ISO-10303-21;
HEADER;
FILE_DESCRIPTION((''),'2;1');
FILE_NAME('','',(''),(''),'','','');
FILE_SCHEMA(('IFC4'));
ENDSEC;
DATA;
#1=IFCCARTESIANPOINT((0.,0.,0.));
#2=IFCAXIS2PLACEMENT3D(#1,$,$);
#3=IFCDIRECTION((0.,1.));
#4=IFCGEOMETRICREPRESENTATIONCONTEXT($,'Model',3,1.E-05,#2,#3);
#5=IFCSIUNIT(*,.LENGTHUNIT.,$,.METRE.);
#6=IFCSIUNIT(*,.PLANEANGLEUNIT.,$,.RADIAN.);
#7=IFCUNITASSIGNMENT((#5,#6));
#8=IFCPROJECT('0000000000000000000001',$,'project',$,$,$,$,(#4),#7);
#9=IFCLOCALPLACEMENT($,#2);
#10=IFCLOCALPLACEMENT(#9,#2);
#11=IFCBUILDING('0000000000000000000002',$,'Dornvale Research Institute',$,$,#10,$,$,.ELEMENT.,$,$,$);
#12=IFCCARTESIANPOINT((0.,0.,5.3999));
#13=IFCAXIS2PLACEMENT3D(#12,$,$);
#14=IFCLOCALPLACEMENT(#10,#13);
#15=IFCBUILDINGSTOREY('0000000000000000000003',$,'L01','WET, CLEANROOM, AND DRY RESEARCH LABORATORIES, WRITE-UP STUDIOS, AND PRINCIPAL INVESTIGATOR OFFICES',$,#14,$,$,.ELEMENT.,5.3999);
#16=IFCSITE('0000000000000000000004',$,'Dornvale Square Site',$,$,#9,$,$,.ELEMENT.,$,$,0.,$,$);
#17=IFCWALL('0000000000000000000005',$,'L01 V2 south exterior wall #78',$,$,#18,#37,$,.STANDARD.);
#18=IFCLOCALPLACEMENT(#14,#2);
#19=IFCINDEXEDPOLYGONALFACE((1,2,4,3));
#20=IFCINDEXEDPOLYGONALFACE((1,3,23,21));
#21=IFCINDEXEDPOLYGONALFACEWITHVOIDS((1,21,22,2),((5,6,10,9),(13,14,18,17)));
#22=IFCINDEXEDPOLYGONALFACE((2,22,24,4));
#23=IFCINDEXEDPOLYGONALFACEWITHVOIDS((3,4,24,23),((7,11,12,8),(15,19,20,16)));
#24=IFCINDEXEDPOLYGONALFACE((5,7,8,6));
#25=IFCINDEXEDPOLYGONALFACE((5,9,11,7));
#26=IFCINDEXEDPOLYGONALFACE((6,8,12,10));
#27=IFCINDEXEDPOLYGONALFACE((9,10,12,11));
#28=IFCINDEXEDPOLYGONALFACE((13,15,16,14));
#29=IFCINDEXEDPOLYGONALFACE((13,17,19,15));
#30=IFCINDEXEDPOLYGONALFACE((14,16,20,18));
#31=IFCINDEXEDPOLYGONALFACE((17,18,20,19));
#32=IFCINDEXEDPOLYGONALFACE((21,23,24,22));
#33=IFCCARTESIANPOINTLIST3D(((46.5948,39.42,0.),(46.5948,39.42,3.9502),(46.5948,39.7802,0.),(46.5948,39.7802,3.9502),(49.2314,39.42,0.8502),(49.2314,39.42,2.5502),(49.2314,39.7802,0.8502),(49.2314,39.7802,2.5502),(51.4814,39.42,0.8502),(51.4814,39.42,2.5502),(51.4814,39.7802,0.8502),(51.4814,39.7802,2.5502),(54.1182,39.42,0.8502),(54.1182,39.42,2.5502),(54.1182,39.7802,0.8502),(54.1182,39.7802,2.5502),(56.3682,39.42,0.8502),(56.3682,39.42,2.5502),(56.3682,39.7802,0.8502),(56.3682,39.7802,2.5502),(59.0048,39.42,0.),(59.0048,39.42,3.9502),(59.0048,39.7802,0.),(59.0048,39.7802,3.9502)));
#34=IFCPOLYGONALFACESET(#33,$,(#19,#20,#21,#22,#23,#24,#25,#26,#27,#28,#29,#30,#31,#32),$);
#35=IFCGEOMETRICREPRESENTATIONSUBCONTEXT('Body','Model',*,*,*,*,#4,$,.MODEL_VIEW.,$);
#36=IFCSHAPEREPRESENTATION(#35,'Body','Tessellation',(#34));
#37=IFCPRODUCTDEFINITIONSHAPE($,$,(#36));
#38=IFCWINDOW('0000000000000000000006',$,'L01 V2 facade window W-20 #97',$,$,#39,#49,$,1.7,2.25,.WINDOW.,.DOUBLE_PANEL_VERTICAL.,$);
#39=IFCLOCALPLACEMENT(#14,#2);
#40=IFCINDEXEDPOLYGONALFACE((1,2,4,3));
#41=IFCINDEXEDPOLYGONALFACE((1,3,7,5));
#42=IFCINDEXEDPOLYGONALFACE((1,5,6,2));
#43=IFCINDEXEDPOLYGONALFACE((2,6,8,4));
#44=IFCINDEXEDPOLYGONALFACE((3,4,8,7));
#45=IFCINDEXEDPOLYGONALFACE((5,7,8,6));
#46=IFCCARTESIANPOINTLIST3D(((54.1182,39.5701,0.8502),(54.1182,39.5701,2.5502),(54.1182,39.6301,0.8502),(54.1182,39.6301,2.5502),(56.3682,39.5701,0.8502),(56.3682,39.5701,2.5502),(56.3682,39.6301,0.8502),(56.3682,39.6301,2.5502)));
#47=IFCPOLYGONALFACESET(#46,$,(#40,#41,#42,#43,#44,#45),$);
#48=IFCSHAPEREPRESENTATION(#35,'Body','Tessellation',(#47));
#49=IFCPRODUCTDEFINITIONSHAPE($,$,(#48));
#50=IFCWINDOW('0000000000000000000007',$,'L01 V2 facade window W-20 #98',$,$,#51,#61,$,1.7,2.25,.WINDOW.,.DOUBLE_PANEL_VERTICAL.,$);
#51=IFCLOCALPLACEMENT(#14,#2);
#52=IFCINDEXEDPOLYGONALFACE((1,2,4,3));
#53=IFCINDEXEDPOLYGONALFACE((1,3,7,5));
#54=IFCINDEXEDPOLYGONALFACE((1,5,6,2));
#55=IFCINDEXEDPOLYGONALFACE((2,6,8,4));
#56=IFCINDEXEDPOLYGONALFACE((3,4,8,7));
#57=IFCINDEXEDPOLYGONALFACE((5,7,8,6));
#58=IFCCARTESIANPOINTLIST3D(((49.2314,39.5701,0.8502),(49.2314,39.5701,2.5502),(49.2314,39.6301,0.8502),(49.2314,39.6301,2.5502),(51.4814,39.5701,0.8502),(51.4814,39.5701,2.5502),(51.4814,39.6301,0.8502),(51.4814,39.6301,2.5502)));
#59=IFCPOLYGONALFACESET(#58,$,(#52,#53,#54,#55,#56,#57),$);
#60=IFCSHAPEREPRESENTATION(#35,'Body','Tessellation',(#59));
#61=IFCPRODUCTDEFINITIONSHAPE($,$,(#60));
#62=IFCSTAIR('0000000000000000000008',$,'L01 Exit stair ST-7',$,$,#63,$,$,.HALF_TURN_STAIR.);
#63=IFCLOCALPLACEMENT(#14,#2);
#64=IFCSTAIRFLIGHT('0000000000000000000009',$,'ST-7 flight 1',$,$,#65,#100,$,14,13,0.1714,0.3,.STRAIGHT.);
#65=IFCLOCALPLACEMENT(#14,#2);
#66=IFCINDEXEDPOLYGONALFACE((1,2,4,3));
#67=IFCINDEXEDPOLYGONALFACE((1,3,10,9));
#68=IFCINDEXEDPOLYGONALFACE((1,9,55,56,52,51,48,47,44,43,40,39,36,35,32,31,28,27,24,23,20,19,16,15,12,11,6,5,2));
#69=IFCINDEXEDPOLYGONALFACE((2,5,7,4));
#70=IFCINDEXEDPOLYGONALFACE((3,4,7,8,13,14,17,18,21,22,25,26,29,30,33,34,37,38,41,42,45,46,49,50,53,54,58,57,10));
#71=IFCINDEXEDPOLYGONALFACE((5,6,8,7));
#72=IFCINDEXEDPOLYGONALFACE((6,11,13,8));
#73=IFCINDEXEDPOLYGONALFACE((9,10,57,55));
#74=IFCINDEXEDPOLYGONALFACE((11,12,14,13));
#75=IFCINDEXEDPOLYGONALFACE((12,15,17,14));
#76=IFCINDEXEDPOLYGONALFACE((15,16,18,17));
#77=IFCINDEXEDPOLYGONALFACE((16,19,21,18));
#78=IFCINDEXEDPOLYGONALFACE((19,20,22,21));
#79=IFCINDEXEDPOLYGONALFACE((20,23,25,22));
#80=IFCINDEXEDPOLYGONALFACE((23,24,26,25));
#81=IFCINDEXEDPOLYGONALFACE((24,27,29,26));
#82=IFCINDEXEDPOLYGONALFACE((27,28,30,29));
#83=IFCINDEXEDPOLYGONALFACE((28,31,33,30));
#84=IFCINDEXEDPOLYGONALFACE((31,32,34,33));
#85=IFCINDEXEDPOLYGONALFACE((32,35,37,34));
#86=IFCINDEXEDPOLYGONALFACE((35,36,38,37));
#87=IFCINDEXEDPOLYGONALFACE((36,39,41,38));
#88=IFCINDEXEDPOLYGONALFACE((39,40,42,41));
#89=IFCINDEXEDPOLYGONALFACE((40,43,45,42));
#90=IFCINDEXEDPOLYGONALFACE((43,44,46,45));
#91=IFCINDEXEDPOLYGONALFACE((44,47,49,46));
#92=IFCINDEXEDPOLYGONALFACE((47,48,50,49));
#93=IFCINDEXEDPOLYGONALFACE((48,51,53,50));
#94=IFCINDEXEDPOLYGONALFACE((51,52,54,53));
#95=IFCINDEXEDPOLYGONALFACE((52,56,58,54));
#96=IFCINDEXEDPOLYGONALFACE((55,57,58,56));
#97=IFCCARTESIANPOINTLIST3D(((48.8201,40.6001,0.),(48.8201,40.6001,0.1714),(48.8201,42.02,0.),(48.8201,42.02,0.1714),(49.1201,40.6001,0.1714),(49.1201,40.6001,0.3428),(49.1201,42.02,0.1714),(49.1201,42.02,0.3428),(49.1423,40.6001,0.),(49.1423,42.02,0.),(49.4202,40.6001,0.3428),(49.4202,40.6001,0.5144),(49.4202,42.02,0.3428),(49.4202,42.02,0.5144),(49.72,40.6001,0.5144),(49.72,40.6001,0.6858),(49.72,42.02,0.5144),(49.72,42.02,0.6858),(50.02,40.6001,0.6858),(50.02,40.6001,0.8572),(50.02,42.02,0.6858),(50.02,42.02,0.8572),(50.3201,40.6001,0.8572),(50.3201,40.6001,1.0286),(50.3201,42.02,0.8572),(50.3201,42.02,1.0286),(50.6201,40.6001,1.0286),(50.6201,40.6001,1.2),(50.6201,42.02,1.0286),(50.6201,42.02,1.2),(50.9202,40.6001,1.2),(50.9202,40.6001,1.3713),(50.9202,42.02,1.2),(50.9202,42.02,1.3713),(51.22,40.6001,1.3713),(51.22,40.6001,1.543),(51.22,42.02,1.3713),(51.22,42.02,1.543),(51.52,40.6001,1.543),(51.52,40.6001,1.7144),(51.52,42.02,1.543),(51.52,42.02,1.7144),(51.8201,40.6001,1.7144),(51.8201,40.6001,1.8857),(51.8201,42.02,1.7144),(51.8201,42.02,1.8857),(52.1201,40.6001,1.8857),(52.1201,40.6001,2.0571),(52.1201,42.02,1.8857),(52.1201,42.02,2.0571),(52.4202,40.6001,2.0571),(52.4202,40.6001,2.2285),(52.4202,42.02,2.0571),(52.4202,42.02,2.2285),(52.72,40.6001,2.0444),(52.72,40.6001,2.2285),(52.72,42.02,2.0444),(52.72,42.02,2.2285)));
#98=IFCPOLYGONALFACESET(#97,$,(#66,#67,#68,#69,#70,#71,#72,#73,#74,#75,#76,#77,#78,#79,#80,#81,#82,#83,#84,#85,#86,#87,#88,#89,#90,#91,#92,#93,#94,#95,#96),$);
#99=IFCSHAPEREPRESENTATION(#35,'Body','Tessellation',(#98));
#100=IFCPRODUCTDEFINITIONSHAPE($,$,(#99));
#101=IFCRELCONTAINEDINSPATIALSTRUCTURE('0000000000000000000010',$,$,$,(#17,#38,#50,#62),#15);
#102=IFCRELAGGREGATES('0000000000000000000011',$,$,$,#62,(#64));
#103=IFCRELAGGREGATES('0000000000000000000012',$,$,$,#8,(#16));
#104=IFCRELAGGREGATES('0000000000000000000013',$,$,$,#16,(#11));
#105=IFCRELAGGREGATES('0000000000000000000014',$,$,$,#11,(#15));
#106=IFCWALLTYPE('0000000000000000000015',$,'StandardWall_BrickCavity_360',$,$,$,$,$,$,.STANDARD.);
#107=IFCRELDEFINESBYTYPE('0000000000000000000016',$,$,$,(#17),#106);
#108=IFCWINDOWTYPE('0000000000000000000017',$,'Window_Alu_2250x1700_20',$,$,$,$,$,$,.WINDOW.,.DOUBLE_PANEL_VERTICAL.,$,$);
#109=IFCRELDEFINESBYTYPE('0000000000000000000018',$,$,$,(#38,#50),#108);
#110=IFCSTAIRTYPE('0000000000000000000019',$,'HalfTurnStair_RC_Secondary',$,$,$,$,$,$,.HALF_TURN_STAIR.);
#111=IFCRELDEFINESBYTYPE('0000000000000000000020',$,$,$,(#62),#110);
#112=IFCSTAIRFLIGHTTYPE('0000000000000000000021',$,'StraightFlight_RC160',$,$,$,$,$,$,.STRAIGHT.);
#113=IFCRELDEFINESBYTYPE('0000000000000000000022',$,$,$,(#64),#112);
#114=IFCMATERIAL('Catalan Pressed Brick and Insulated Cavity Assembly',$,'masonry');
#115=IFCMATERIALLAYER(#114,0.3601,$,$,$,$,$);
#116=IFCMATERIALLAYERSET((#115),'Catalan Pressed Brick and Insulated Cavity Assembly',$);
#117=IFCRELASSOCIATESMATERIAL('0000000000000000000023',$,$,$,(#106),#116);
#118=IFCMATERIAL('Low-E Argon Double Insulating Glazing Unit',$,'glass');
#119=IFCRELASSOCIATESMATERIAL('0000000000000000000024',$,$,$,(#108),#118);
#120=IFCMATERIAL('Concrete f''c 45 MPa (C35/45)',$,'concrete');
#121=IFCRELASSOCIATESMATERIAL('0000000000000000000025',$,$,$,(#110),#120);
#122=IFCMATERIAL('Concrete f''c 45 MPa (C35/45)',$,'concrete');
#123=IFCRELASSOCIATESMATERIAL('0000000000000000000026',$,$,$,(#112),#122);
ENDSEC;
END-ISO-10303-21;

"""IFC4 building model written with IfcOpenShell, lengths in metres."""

from ifc_helpers import new_model, si_unit, direction, frame, frame_2d, origin, place, context, subcontext, project, spatial, polyline, rectangle, outline, extrude, material, layer, layer_set, type_object, element, fill, aggregate, save


model = new_model("IFC4")

# Units and contexts
model_context = context("Model", 3, precision=1e-05, world=origin(), true_north=direction((0.0, 1.0)))
body_context = subcontext(model_context, "Body", "Model", "MODEL_VIEW")
ifc_project = project(units=[si_unit("LENGTHUNIT", "METRE"), si_unit("PLANEANGLEUNIT", "RADIAN")], contexts=[model_context])

# Site, building, storey
site_placement = place(None, origin())
site = spatial("IfcSite", under=ifc_project, at=site_placement, Name="Dornvale Square Site", CompositionType="ELEMENT", RefElevation=0.0)
building_placement = place(site_placement, origin())
building = spatial("IfcBuilding", under=site, at=building_placement, Name="Dornvale Research Institute", CompositionType="ELEMENT")
storey_placement = place(building_placement, frame((0.0, 0.0, 5.3999)))
storey = spatial("IfcBuildingStorey", under=building, at=storey_placement, Name="L01", Description="WET, CLEANROOM, AND DRY RESEARCH LABORATORIES, WRITE-UP STUDIOS, AND PRINCIPAL INVESTIGATOR OFFICES", CompositionType="ELEMENT", Elevation=5.3999)

# Wall, openings, windows
ifc_material_1 = material(Name="Catalan Pressed Brick and Insulated Cavity Assembly", Category="masonry")
ifc_layer_1 = layer(ifc_material_1, 0.3601)
ifc_layer_set_1 = layer_set([ifc_layer_1], Name="Catalan Pressed Brick and Insulated Cavity Assembly")
wall_type_1 = type_object("IfcWallType", Name="StandardWall_BrickCavity_360", PredefinedType="STANDARD", material=ifc_layer_set_1)
wall_1_placement = place(storey_placement, frame((59.0049, 39.6001, 0.0), z_axis=(0.0, 0.0, 1.0), x_axis=(-1.0, 0.0, 0.0)))
wall_1 = element("IfcWall", 1, at=wall_1_placement, inside=storey, type_object=wall_type_1, Name="L01 V2 south exterior wall #78", PredefinedType="STANDARD", context=body_context, shape_type="SweptSolid", body=[
    extrude(rectangle(XDim=12.4099, YDim=0.3601, at=frame_2d((6.2051, 0.0))), origin(), (0.0, 0.0, 1.0), 3.9502),
])
opening_1_placement = place(wall_1_placement, frame((2.6367, 0.0, 0.8501)))
opening_1 = element("IfcOpeningElement", 2, at=opening_1_placement, cuts=wall_1, PredefinedType="OPENING", context=body_context, shape_type="SweptSolid", body=[
    extrude(rectangle(XDim=2.25, YDim=1.7, at=frame_2d((1.125, 0.8501))), frame((0.0, 0.1951, 0.0), z_axis=(0.0, -1.0, 0.0), x_axis=(1.0, 0.0, 0.0)), (0.0, 0.0, 1.0), 0.3901),
])
opening_2_placement = place(wall_1_placement, frame((7.5234, 0.0, 0.8501)))
opening_2 = element("IfcOpeningElement", 3, at=opening_2_placement, cuts=wall_1, PredefinedType="OPENING", context=body_context, shape_type="SweptSolid", body=[
    extrude(rectangle(XDim=2.25, YDim=1.7, at=frame_2d((1.125, 0.8501))), frame((0.0, 0.1951, 0.0), z_axis=(0.0, -1.0, 0.0), x_axis=(1.0, 0.0, 0.0)), (0.0, 0.0, 1.0), 0.3901),
])
ifc_material_2 = material(Name="Low-E Argon Double Insulating Glazing Unit", Category="glass")
window_type = type_object("IfcWindowType", Name="Window_Alu_2250x1700_20", PartitioningType="DOUBLE_PANEL_VERTICAL", PredefinedType="WINDOW", material=ifc_material_2)
window_1_placement = place(opening_1_placement, origin())
window_1 = element("IfcWindow", 4, at=window_1_placement, inside=storey, type_object=window_type, Name="L01 V2 facade window W-20 #97", OverallHeight=1.7, OverallWidth=2.25, PartitioningType="DOUBLE_PANEL_VERTICAL", PredefinedType="WINDOW", context=body_context, shape_type="SweptSolid", body=[
    extrude(rectangle(XDim=2.25, YDim=1.7, at=frame_2d((1.125, 0.8501))), frame((0.0, 0.03, 0.0), z_axis=(0.0, -1.0, 0.0), x_axis=(1.0, 0.0, 0.0)), (0.0, 0.0, 1.0), 0.0601),
])
fill(opening_1, window_1)
window_2_placement = place(opening_2_placement, origin())
window_2 = element("IfcWindow", 5, at=window_2_placement, inside=storey, type_object=window_type, Name="L01 V2 facade window W-20 #98", OverallHeight=1.7, OverallWidth=2.25, PartitioningType="DOUBLE_PANEL_VERTICAL", PredefinedType="WINDOW", context=body_context, shape_type="SweptSolid", body=[
    extrude(rectangle(XDim=2.25, YDim=1.7, at=frame_2d((1.125, 0.8501))), frame((0.0, 0.03, 0.0), z_axis=(0.0, -1.0, 0.0), x_axis=(1.0, 0.0, 0.0)), (0.0, 0.0, 1.0), 0.0601),
])
fill(opening_2, window_2)

# Stair, stair flight
ifc_material_3 = material(Name="Concrete f'c 45 MPa (C35/45)", Category="concrete")
stair_type = type_object("IfcStairType", Name="HalfTurnStair_RC_Secondary", PredefinedType="HALF_TURN_STAIR", material=ifc_material_3)
stair_placement = place(storey_placement, origin())
stair = element("IfcStair", 6, at=stair_placement, inside=storey, type_object=stair_type, Name="L01 Exit stair ST-7", PredefinedType="HALF_TURN_STAIR")
ifc_material_4 = material(Name="Concrete f'c 45 MPa (C35/45)", Category="concrete")
stair_flight_type = type_object("IfcStairFlightType", Name="StraightFlight_RC160", PredefinedType="STRAIGHT", material=ifc_material_4)
stair_flight_placement = place(storey_placement, frame((48.8201, 41.3101, 0.0), z_axis=(0.0, 0.0, 1.0), x_axis=(1.0, 0.0, 0.0)))
stair_flight = element("IfcStairFlight", 7, at=stair_flight_placement, type_object=stair_flight_type, Name="ST-7 flight 1", NumberOfRisers=14, NumberOfTreads=13, PredefinedType="STRAIGHT", RiserHeight=0.1714, TreadLength=0.3, context=body_context, shape_type="SweptSolid", body=[
    extrude(outline(polyline([(0.0, 0.0), (0.0, 0.1714), (0.3, 0.1714), (0.3, 0.3428), (0.6001, 0.3428), (0.6001, 0.5144), (0.8999, 0.5144), (0.8999, 0.6858), (1.2, 0.6858), (1.2, 0.8572), (1.5, 0.8572), (1.5, 1.0286), (1.8, 1.0286), (1.8, 1.2), (2.1001, 1.2), (2.1001, 1.3713), (2.3999, 1.3713), (2.3999, 1.543), (2.7, 1.543), (2.7, 1.7144), (3.0, 1.7144), (3.0, 1.8857), (3.3, 1.8857), (3.3, 2.0571), (3.6001, 2.0571), (3.6001, 2.2285), (3.8999, 2.2285), (3.8999, 2.3999), (3.8999, 2.0444), (0.3223, 0.0), (0.0, 0.0)])), frame((0.0, 0.71, 0.0), z_axis=(0.0, -1.0, 0.0), x_axis=(1.0, 0.0, 0.0)), (0.0, 0.0, 1.0), 1.4199),
])
aggregate(stair, [stair_flight])

save(model, "model.ifc")
